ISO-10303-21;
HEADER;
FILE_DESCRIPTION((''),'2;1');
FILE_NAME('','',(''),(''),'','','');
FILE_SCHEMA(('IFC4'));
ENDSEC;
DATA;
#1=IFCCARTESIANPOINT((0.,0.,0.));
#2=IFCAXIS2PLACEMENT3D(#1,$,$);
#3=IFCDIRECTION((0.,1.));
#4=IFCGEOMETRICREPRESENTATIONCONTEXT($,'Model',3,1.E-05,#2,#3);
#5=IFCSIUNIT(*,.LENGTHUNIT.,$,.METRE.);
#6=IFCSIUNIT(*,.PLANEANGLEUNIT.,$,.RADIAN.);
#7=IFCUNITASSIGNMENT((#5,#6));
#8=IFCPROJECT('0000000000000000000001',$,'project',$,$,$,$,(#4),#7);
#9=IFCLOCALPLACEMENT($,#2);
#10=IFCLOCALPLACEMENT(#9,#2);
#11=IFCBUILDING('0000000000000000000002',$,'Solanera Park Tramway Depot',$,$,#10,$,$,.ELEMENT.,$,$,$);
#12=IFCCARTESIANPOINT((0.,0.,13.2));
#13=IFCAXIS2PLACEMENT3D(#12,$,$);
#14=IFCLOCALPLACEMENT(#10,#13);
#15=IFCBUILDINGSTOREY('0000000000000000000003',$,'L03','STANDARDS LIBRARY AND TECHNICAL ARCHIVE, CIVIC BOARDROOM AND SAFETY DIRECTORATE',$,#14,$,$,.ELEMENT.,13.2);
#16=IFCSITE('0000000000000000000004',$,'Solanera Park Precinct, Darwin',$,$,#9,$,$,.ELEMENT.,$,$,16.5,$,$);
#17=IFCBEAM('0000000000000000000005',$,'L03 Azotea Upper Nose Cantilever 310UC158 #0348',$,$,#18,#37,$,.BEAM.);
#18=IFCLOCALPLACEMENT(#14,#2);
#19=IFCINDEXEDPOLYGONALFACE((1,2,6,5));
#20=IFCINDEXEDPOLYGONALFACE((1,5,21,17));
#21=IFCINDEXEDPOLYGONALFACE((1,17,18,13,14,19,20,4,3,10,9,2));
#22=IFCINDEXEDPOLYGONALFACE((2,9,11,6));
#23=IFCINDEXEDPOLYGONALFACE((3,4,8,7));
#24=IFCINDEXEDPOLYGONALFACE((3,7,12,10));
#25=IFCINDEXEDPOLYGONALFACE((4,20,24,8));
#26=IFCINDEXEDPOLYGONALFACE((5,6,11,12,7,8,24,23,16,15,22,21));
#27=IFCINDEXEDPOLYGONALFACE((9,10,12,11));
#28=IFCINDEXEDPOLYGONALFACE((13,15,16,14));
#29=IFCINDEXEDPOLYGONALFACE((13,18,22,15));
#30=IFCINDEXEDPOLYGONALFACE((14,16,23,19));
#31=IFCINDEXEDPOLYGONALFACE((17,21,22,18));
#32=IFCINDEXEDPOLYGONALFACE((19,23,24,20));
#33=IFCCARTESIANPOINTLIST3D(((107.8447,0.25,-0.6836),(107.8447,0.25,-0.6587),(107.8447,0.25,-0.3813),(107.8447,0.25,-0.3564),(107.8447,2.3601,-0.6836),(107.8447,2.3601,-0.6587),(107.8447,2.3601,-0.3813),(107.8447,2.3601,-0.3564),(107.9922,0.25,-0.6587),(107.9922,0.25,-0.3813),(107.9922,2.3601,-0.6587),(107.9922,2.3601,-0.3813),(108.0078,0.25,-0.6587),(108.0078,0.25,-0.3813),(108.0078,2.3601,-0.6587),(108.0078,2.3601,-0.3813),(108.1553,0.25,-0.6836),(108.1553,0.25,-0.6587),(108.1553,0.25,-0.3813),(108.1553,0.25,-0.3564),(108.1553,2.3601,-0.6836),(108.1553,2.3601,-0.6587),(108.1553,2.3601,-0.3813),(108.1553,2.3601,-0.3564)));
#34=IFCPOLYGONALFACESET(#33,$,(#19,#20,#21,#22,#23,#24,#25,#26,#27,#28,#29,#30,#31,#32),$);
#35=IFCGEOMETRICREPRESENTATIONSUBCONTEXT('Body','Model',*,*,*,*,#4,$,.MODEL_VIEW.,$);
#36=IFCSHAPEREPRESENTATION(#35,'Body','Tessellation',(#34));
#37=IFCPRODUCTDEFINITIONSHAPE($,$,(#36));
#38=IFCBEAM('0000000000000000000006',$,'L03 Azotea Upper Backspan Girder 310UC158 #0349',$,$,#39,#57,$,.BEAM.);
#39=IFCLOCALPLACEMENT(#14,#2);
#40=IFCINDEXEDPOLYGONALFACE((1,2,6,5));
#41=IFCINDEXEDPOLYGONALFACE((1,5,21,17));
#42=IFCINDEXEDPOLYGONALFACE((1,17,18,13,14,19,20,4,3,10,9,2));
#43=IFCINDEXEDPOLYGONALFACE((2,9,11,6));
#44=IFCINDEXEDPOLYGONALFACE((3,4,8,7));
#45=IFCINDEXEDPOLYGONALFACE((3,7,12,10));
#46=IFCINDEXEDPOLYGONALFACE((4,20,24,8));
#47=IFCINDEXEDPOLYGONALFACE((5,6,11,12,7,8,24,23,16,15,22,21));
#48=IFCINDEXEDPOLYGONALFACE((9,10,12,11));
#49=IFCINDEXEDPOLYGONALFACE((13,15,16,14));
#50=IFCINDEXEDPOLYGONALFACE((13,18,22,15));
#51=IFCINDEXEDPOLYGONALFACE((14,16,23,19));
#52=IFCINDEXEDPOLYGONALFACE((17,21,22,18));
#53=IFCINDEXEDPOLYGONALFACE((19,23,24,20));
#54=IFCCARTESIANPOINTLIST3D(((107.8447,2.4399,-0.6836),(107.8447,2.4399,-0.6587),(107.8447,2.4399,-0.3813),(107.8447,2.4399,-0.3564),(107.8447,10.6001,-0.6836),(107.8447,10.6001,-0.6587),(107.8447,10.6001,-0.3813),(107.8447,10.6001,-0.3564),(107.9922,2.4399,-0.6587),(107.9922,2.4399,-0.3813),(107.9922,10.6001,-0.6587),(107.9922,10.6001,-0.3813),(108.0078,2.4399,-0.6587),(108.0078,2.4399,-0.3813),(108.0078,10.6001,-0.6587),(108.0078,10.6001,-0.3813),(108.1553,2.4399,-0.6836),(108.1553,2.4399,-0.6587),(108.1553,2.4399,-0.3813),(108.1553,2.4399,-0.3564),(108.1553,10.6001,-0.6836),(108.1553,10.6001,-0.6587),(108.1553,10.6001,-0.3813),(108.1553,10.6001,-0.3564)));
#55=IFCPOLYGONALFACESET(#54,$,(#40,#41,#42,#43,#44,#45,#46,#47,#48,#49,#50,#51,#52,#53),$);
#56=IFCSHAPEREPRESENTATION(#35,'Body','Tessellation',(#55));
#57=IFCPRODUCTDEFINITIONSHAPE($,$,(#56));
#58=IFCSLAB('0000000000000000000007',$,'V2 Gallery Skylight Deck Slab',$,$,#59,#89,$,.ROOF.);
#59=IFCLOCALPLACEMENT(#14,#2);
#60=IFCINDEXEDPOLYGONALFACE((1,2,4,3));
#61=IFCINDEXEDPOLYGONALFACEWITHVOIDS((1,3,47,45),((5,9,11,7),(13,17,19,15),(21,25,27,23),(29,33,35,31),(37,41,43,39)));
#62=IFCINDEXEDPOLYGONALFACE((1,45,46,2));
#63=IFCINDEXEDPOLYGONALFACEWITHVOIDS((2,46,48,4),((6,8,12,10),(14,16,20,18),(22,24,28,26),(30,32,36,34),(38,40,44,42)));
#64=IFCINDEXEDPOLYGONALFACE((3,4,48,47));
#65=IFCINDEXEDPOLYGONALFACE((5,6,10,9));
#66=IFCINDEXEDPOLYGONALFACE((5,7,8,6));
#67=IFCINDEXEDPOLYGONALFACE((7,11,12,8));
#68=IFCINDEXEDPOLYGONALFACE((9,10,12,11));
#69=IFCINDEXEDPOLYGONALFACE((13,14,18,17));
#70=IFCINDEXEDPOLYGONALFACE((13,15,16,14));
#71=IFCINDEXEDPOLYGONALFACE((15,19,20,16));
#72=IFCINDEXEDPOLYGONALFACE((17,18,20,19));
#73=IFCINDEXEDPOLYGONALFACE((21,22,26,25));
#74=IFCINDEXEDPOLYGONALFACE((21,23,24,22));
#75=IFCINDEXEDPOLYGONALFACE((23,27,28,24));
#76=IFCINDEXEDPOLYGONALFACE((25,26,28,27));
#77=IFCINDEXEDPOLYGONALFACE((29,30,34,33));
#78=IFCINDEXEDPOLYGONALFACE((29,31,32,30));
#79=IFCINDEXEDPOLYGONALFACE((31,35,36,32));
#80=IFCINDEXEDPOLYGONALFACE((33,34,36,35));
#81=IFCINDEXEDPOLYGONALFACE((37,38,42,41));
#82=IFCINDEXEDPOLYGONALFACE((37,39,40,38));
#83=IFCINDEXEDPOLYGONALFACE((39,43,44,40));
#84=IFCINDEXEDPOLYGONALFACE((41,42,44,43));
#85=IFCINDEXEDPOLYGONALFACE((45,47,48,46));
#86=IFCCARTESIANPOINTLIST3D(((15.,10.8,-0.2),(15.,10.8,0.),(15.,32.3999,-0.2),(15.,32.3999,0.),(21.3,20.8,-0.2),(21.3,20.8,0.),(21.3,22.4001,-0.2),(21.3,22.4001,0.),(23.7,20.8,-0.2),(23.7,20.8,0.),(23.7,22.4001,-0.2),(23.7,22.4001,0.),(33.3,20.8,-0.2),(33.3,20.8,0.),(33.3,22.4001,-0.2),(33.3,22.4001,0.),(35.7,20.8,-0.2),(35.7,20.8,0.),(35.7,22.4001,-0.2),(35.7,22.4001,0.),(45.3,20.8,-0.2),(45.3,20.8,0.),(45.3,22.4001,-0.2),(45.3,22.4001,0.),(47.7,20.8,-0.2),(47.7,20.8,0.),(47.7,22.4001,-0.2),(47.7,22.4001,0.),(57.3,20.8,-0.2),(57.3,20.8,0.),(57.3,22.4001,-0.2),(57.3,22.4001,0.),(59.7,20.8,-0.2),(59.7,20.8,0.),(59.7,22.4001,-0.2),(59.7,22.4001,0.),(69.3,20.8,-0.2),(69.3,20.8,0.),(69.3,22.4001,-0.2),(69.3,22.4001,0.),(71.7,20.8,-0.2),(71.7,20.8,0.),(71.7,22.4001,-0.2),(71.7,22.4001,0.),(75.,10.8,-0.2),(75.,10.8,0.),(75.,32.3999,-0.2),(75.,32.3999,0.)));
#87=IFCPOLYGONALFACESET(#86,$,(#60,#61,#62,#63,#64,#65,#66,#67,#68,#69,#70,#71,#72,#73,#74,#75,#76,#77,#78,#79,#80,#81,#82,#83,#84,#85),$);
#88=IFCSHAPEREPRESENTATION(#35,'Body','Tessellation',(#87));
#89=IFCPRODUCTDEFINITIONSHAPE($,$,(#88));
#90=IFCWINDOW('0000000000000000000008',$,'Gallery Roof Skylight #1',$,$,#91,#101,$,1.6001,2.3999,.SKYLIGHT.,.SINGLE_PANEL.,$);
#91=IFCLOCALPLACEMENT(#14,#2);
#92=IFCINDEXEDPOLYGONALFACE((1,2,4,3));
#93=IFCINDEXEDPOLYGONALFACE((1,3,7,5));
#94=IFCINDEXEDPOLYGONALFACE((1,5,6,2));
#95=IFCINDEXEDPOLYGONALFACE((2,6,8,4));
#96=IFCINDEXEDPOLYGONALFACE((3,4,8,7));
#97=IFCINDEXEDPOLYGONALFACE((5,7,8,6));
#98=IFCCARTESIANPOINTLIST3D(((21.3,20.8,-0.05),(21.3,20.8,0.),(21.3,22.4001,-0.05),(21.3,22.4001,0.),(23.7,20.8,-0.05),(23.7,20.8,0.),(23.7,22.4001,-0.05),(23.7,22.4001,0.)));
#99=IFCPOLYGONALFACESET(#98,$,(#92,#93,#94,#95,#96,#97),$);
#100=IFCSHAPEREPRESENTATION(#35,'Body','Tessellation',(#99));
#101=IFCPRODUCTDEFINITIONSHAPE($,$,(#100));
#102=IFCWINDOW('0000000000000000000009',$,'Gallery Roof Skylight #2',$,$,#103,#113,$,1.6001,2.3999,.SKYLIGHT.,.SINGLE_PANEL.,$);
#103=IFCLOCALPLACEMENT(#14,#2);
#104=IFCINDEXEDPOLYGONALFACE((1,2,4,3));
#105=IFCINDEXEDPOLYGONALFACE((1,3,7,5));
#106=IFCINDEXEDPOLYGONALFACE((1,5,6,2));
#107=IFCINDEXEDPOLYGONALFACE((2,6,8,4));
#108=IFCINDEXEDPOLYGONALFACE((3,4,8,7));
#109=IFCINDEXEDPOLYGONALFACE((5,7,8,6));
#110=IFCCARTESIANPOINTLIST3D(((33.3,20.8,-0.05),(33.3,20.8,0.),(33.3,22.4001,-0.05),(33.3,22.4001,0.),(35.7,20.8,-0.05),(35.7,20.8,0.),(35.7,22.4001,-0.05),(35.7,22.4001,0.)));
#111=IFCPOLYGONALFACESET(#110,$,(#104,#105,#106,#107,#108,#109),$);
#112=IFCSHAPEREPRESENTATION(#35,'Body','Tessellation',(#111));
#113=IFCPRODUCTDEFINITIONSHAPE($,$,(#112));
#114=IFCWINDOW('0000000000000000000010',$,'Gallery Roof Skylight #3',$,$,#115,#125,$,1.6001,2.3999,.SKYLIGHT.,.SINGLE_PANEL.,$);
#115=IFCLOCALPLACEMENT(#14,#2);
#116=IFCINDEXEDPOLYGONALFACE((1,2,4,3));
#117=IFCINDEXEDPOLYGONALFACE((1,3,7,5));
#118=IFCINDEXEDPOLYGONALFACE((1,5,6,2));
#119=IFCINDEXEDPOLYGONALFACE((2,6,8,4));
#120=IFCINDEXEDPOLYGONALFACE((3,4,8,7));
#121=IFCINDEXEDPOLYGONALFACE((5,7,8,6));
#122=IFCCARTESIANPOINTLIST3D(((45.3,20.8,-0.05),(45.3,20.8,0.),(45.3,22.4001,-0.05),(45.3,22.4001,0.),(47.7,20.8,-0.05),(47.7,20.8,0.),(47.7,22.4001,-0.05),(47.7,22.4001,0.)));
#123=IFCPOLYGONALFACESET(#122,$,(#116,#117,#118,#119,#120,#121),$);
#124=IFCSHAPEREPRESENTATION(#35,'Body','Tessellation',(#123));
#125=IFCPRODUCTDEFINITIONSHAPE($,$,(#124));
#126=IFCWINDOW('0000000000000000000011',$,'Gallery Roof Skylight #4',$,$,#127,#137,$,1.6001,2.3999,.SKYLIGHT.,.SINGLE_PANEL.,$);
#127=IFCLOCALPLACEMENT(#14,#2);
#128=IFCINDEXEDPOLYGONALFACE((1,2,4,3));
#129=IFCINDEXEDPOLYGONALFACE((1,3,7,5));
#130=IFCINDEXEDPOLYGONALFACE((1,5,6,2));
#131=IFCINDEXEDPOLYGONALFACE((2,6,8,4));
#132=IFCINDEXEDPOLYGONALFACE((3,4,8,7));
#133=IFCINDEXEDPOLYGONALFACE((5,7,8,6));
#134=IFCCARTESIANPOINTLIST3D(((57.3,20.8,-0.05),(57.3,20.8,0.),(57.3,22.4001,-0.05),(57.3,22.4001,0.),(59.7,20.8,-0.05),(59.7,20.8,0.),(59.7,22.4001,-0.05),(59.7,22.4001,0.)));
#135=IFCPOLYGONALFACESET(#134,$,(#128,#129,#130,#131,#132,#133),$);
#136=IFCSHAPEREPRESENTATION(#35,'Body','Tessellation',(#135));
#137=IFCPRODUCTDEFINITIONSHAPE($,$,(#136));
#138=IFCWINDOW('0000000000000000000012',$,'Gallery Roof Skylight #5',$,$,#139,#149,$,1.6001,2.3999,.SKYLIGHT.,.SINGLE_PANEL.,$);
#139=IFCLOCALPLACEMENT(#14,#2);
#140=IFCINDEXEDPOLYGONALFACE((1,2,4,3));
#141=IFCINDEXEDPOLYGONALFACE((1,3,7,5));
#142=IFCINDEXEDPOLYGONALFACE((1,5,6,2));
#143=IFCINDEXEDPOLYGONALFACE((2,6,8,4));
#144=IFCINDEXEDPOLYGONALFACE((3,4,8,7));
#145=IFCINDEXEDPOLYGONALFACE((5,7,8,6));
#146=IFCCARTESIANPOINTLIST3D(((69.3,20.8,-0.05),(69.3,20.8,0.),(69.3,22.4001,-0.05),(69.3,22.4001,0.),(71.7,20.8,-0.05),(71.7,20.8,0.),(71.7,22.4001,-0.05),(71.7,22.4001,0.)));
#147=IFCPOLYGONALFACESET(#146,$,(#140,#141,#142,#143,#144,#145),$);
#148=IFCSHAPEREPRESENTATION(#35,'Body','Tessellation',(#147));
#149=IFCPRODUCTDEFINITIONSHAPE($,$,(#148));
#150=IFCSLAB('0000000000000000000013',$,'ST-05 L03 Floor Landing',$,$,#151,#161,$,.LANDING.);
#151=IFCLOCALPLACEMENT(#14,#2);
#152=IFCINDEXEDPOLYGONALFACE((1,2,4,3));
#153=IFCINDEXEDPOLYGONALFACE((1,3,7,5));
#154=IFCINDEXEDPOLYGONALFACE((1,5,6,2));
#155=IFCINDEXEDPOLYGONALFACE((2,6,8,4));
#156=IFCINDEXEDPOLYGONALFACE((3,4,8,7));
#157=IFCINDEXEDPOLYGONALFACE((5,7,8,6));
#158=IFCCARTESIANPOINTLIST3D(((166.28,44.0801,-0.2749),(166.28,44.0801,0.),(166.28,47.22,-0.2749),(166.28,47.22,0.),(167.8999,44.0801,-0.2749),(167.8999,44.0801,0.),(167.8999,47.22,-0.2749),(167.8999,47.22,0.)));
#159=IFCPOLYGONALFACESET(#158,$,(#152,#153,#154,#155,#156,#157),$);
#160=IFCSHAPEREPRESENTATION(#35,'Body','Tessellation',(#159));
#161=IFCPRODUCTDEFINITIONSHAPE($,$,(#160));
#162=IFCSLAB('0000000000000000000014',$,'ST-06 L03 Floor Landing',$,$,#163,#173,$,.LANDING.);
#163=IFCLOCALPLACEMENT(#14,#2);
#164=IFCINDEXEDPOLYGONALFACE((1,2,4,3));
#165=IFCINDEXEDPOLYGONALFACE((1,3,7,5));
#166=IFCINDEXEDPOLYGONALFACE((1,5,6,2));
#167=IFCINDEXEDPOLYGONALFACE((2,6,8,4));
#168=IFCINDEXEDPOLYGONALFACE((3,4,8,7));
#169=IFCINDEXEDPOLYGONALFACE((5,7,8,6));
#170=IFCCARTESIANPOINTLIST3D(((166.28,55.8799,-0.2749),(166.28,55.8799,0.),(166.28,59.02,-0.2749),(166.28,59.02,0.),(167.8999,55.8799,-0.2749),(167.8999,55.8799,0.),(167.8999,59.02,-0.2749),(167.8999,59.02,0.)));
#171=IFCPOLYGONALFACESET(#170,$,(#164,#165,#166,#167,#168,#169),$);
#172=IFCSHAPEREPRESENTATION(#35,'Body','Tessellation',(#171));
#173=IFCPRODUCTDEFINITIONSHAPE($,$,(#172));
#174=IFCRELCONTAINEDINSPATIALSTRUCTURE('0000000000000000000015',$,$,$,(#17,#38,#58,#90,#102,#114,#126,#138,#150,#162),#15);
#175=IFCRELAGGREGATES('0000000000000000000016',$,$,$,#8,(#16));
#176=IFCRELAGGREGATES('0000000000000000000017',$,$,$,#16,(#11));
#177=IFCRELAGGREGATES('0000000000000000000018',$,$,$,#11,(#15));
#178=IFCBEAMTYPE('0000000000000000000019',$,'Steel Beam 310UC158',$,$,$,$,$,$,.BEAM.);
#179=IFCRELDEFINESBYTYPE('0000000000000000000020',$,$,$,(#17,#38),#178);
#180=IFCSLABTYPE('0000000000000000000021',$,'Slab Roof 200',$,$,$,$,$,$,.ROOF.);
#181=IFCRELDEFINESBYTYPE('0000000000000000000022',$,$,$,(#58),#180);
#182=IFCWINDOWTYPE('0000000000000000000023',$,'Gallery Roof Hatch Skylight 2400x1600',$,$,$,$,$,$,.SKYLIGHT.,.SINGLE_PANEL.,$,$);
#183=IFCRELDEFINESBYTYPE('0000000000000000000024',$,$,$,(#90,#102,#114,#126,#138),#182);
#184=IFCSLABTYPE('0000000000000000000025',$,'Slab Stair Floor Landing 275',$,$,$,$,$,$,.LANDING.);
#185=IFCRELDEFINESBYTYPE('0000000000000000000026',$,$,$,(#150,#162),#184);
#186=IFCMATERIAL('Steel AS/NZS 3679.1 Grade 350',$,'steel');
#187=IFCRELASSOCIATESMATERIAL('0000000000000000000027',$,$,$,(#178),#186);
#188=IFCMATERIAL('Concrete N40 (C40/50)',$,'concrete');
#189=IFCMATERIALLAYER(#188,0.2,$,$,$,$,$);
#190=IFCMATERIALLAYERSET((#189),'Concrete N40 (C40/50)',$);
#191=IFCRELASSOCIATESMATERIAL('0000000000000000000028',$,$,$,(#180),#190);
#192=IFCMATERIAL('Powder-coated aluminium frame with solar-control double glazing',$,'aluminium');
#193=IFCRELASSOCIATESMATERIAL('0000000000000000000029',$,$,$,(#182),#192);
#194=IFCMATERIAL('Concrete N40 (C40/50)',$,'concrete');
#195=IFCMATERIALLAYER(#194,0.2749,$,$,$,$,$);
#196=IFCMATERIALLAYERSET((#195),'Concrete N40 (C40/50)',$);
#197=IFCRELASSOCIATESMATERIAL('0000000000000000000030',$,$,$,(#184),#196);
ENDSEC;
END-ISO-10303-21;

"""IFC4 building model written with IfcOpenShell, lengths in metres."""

from ifc_helpers import new_model, si_unit, direction, frame, origin, origin_2d, place, context, subcontext, project, spatial, polyline, rectangle, i_section, outline, extrude, material, layer, layer_set, material_profile, profile_set, type_object, element, fill, save


model = new_model("IFC4")

# Units and contexts
model_context = context("Model", 3, precision=1e-05, world=origin(), true_north=direction((0.0, 1.0)))
body_context = subcontext(model_context, "Body", "Model", "MODEL_VIEW")
ifc_project = project(units=[si_unit("LENGTHUNIT", "METRE"), si_unit("PLANEANGLEUNIT", "RADIAN")], contexts=[model_context])

# Site, building, storey
site_placement = place(None, origin())
site = spatial("IfcSite", under=ifc_project, at=site_placement, Name="Solanera Park Precinct, Darwin", CompositionType="ELEMENT", RefElevation=16.5)
building_placement = place(site_placement, origin())
building = spatial("IfcBuilding", under=site, at=building_placement, Name="Solanera Park Tramway Depot", CompositionType="ELEMENT")
storey_placement = place(building_placement, frame((0.0, 0.0, 13.2)))
storey = spatial("IfcBuildingStorey", under=building, at=storey_placement, Name="L03", Description="STANDARDS LIBRARY AND TECHNICAL ARCHIVE, CIVIC BOARDROOM AND SAFETY DIRECTORATE", CompositionType="ELEMENT", Elevation=13.2)

# Beams
ifc_material_1 = material(Name="Steel AS/NZS 3679.1 Grade 350", Category="steel")
ifc_material_profile = material_profile(ifc_material_1, i_section(OverallWidth=0.3105, OverallDepth=0.3271, WebThickness=0.0156, FlangeThickness=0.0249, at=origin_2d()), Name="310UC158")
ifc_profile_set = profile_set([ifc_material_profile], Name="Steel AS/NZS 3679.1 Grade 350")
beam_type = type_object("IfcBeamType", Name="Steel Beam 310UC158", PredefinedType="BEAM", material=ifc_profile_set)
beam_1_placement = place(storey_placement, frame((108.0, 0.25, -0.52), z_axis=(0.0, 1.0, 0.0), x_axis=(-1.0, 0.0, 0.0)))
element("IfcBeam", 1, at=beam_1_placement, inside=storey, type_object=beam_type, Name="L03 Azotea Upper Nose Cantilever 310UC158 #0348", PredefinedType="BEAM", context=body_context, shape_type="SweptSolid", body=[
    extrude(i_section(OverallWidth=0.3105, OverallDepth=0.3271, WebThickness=0.0156, FlangeThickness=0.0249, at=origin_2d()), origin(), (0.0, 0.0, 1.0), 2.1101),
])
beam_2_placement = place(storey_placement, frame((108.0, 2.4399, -0.52), z_axis=(0.0, 1.0, 0.0), x_axis=(-1.0, 0.0, 0.0)))
element("IfcBeam", 2, at=beam_2_placement, inside=storey, type_object=beam_type, Name="L03 Azotea Upper Backspan Girder 310UC158 #0349", PredefinedType="BEAM", context=body_context, shape_type="SweptSolid", body=[
    extrude(i_section(OverallWidth=0.3105, OverallDepth=0.3271, WebThickness=0.0156, FlangeThickness=0.0249, at=origin_2d()), origin(), (0.0, 0.0, 1.0), 8.1602),
])

# Slab, openings, windows
ifc_material_2 = material(Name="Concrete N40 (C40/50)", Category="concrete")
ifc_layer_1 = layer(ifc_material_2, 0.2)
ifc_layer_set_1 = layer_set([ifc_layer_1], Name="Concrete N40 (C40/50)")
slab_type_1 = type_object("IfcSlabType", Name="Slab Roof 200", PredefinedType="ROOF", material=ifc_layer_set_1)
slab_1_placement = place(storey_placement, frame((0.0, 0.0, -0.2)))
slab_1 = element("IfcSlab", 3, at=slab_1_placement, inside=storey, type_object=slab_type_1, Name="V2 Gallery Skylight Deck Slab", PredefinedType="ROOF", context=body_context, shape_type="SweptSolid", body=[
    extrude(outline(polyline([(15.0, 10.8), (75.0, 10.8), (75.0, 32.3999), (15.0, 32.3999), (15.0, 10.8)])), origin(), (0.0, 0.0, 1.0), 0.2),
])
opening_1_placement = place(slab_1_placement, frame((22.5, 21.6001, -0.01)))
opening_1 = element("IfcOpeningElement", 4, at=opening_1_placement, cuts=slab_1, PredefinedType="OPENING", context=body_context, shape_type="SweptSolid", body=[
    extrude(rectangle(XDim=2.3999, YDim=1.6001, at=origin_2d()), origin(), (0.0, 0.0, 1.0), 0.22),
])
opening_2_placement = place(slab_1_placement, frame((34.5, 21.6001, -0.01)))
opening_2 = element("IfcOpeningElement", 5, at=opening_2_placement, cuts=slab_1, PredefinedType="OPENING", context=body_context, shape_type="SweptSolid", body=[
    extrude(rectangle(XDim=2.3999, YDim=1.6001, at=origin_2d()), origin(), (0.0, 0.0, 1.0), 0.22),
])
opening_3_placement = place(slab_1_placement, frame((46.5, 21.6001, -0.01)))
opening_3 = element("IfcOpeningElement", 6, at=opening_3_placement, cuts=slab_1, PredefinedType="OPENING", context=body_context, shape_type="SweptSolid", body=[
    extrude(rectangle(XDim=2.3999, YDim=1.6001, at=origin_2d()), origin(), (0.0, 0.0, 1.0), 0.22),
])
opening_4_placement = place(slab_1_placement, frame((58.5, 21.6001, -0.01)))
opening_4 = element("IfcOpeningElement", 7, at=opening_4_placement, cuts=slab_1, PredefinedType="OPENING", context=body_context, shape_type="SweptSolid", body=[
    extrude(rectangle(XDim=2.3999, YDim=1.6001, at=origin_2d()), origin(), (0.0, 0.0, 1.0), 0.22),
])
opening_5_placement = place(slab_1_placement, frame((70.5, 21.6001, -0.01)))
opening_5 = element("IfcOpeningElement", 8, at=opening_5_placement, cuts=slab_1, PredefinedType="OPENING", context=body_context, shape_type="SweptSolid", body=[
    extrude(rectangle(XDim=2.3999, YDim=1.6001, at=origin_2d()), origin(), (0.0, 0.0, 1.0), 0.22),
])
ifc_material_3 = material(Name="Powder-coated aluminium frame with solar-control double glazing", Category="aluminium")
window_type = type_object("IfcWindowType", Name="Gallery Roof Hatch Skylight 2400x1600", PartitioningType="SINGLE_PANEL", PredefinedType="SKYLIGHT", material=ifc_material_3)
window_1_placement = place(slab_1_placement, frame((22.5, 21.6001, 0.1499)))
window_1 = element("IfcWindow", 9, at=window_1_placement, inside=storey, type_object=window_type, Name="Gallery Roof Skylight #1", OverallHeight=1.6001, OverallWidth=2.3999, PartitioningType="SINGLE_PANEL", PredefinedType="SKYLIGHT", context=body_context, shape_type="SweptSolid", body=[
    extrude(rectangle(XDim=2.3999, YDim=1.6001, at=origin_2d()), origin(), (0.0, 0.0, 1.0), 0.05),
])
fill(opening_1, window_1)
window_2_placement = place(slab_1_placement, frame((34.5, 21.6001, 0.1499)))
window_2 = element("IfcWindow", 10, at=window_2_placement, inside=storey, type_object=window_type, Name="Gallery Roof Skylight #2", OverallHeight=1.6001, OverallWidth=2.3999, PartitioningType="SINGLE_PANEL", PredefinedType="SKYLIGHT", context=body_context, shape_type="SweptSolid", body=[
    extrude(rectangle(XDim=2.3999, YDim=1.6001, at=origin_2d()), origin(), (0.0, 0.0, 1.0), 0.05),
])
fill(opening_2, window_2)
window_3_placement = place(slab_1_placement, frame((46.5, 21.6001, 0.1499)))
window_3 = element("IfcWindow", 11, at=window_3_placement, inside=storey, type_object=window_type, Name="Gallery Roof Skylight #3", OverallHeight=1.6001, OverallWidth=2.3999, PartitioningType="SINGLE_PANEL", PredefinedType="SKYLIGHT", context=body_context, shape_type="SweptSolid", body=[
    extrude(rectangle(XDim=2.3999, YDim=1.6001, at=origin_2d()), origin(), (0.0, 0.0, 1.0), 0.05),
])
fill(opening_3, window_3)
window_4_placement = place(slab_1_placement, frame((58.5, 21.6001, 0.1499)))
window_4 = element("IfcWindow", 12, at=window_4_placement, inside=storey, type_object=window_type, Name="Gallery Roof Skylight #4", OverallHeight=1.6001, OverallWidth=2.3999, PartitioningType="SINGLE_PANEL", PredefinedType="SKYLIGHT", context=body_context, shape_type="SweptSolid", body=[
    extrude(rectangle(XDim=2.3999, YDim=1.6001, at=origin_2d()), origin(), (0.0, 0.0, 1.0), 0.05),
])
fill(opening_4, window_4)
window_5_placement = place(slab_1_placement, frame((70.5, 21.6001, 0.1499)))
window_5 = element("IfcWindow", 13, at=window_5_placement, inside=storey, type_object=window_type, Name="Gallery Roof Skylight #5", OverallHeight=1.6001, OverallWidth=2.3999, PartitioningType="SINGLE_PANEL", PredefinedType="SKYLIGHT", context=body_context, shape_type="SweptSolid", body=[
    extrude(rectangle(XDim=2.3999, YDim=1.6001, at=origin_2d()), origin(), (0.0, 0.0, 1.0), 0.05),
])
fill(opening_5, window_5)

# Slabs
ifc_material_4 = material(Name="Concrete N40 (C40/50)", Category="concrete")
ifc_layer_2 = layer(ifc_material_4, 0.2749)
ifc_layer_set_2 = layer_set([ifc_layer_2], Name="Concrete N40 (C40/50)")
slab_type_2 = type_object("IfcSlabType", Name="Slab Stair Floor Landing 275", PredefinedType="LANDING", material=ifc_layer_set_2)
slab_2_placement = place(storey_placement, frame((0.0, 0.0, -0.2749)))
element("IfcSlab", 14, at=slab_2_placement, inside=storey, type_object=slab_type_2, Name="ST-05 L03 Floor Landing", PredefinedType="LANDING", context=body_context, shape_type="SweptSolid", body=[
    extrude(outline(polyline([(166.28, 44.0801), (167.8999, 44.0801), (167.8999, 47.22), (166.28, 47.22), (166.28, 44.0801)])), origin(), (0.0, 0.0, 1.0), 0.2749),
])
slab_3_placement = place(storey_placement, frame((0.0, 0.0, -0.2749)))
element("IfcSlab", 15, at=slab_3_placement, inside=storey, type_object=slab_type_2, Name="ST-06 L03 Floor Landing", PredefinedType="LANDING", context=body_context, shape_type="SweptSolid", body=[
    extrude(outline(polyline([(166.28, 55.8799), (167.8999, 55.8799), (167.8999, 59.02), (166.28, 59.02), (166.28, 55.8799)])), origin(), (0.0, 0.0, 1.0), 0.2749),
])

save(model, "model.ifc")
